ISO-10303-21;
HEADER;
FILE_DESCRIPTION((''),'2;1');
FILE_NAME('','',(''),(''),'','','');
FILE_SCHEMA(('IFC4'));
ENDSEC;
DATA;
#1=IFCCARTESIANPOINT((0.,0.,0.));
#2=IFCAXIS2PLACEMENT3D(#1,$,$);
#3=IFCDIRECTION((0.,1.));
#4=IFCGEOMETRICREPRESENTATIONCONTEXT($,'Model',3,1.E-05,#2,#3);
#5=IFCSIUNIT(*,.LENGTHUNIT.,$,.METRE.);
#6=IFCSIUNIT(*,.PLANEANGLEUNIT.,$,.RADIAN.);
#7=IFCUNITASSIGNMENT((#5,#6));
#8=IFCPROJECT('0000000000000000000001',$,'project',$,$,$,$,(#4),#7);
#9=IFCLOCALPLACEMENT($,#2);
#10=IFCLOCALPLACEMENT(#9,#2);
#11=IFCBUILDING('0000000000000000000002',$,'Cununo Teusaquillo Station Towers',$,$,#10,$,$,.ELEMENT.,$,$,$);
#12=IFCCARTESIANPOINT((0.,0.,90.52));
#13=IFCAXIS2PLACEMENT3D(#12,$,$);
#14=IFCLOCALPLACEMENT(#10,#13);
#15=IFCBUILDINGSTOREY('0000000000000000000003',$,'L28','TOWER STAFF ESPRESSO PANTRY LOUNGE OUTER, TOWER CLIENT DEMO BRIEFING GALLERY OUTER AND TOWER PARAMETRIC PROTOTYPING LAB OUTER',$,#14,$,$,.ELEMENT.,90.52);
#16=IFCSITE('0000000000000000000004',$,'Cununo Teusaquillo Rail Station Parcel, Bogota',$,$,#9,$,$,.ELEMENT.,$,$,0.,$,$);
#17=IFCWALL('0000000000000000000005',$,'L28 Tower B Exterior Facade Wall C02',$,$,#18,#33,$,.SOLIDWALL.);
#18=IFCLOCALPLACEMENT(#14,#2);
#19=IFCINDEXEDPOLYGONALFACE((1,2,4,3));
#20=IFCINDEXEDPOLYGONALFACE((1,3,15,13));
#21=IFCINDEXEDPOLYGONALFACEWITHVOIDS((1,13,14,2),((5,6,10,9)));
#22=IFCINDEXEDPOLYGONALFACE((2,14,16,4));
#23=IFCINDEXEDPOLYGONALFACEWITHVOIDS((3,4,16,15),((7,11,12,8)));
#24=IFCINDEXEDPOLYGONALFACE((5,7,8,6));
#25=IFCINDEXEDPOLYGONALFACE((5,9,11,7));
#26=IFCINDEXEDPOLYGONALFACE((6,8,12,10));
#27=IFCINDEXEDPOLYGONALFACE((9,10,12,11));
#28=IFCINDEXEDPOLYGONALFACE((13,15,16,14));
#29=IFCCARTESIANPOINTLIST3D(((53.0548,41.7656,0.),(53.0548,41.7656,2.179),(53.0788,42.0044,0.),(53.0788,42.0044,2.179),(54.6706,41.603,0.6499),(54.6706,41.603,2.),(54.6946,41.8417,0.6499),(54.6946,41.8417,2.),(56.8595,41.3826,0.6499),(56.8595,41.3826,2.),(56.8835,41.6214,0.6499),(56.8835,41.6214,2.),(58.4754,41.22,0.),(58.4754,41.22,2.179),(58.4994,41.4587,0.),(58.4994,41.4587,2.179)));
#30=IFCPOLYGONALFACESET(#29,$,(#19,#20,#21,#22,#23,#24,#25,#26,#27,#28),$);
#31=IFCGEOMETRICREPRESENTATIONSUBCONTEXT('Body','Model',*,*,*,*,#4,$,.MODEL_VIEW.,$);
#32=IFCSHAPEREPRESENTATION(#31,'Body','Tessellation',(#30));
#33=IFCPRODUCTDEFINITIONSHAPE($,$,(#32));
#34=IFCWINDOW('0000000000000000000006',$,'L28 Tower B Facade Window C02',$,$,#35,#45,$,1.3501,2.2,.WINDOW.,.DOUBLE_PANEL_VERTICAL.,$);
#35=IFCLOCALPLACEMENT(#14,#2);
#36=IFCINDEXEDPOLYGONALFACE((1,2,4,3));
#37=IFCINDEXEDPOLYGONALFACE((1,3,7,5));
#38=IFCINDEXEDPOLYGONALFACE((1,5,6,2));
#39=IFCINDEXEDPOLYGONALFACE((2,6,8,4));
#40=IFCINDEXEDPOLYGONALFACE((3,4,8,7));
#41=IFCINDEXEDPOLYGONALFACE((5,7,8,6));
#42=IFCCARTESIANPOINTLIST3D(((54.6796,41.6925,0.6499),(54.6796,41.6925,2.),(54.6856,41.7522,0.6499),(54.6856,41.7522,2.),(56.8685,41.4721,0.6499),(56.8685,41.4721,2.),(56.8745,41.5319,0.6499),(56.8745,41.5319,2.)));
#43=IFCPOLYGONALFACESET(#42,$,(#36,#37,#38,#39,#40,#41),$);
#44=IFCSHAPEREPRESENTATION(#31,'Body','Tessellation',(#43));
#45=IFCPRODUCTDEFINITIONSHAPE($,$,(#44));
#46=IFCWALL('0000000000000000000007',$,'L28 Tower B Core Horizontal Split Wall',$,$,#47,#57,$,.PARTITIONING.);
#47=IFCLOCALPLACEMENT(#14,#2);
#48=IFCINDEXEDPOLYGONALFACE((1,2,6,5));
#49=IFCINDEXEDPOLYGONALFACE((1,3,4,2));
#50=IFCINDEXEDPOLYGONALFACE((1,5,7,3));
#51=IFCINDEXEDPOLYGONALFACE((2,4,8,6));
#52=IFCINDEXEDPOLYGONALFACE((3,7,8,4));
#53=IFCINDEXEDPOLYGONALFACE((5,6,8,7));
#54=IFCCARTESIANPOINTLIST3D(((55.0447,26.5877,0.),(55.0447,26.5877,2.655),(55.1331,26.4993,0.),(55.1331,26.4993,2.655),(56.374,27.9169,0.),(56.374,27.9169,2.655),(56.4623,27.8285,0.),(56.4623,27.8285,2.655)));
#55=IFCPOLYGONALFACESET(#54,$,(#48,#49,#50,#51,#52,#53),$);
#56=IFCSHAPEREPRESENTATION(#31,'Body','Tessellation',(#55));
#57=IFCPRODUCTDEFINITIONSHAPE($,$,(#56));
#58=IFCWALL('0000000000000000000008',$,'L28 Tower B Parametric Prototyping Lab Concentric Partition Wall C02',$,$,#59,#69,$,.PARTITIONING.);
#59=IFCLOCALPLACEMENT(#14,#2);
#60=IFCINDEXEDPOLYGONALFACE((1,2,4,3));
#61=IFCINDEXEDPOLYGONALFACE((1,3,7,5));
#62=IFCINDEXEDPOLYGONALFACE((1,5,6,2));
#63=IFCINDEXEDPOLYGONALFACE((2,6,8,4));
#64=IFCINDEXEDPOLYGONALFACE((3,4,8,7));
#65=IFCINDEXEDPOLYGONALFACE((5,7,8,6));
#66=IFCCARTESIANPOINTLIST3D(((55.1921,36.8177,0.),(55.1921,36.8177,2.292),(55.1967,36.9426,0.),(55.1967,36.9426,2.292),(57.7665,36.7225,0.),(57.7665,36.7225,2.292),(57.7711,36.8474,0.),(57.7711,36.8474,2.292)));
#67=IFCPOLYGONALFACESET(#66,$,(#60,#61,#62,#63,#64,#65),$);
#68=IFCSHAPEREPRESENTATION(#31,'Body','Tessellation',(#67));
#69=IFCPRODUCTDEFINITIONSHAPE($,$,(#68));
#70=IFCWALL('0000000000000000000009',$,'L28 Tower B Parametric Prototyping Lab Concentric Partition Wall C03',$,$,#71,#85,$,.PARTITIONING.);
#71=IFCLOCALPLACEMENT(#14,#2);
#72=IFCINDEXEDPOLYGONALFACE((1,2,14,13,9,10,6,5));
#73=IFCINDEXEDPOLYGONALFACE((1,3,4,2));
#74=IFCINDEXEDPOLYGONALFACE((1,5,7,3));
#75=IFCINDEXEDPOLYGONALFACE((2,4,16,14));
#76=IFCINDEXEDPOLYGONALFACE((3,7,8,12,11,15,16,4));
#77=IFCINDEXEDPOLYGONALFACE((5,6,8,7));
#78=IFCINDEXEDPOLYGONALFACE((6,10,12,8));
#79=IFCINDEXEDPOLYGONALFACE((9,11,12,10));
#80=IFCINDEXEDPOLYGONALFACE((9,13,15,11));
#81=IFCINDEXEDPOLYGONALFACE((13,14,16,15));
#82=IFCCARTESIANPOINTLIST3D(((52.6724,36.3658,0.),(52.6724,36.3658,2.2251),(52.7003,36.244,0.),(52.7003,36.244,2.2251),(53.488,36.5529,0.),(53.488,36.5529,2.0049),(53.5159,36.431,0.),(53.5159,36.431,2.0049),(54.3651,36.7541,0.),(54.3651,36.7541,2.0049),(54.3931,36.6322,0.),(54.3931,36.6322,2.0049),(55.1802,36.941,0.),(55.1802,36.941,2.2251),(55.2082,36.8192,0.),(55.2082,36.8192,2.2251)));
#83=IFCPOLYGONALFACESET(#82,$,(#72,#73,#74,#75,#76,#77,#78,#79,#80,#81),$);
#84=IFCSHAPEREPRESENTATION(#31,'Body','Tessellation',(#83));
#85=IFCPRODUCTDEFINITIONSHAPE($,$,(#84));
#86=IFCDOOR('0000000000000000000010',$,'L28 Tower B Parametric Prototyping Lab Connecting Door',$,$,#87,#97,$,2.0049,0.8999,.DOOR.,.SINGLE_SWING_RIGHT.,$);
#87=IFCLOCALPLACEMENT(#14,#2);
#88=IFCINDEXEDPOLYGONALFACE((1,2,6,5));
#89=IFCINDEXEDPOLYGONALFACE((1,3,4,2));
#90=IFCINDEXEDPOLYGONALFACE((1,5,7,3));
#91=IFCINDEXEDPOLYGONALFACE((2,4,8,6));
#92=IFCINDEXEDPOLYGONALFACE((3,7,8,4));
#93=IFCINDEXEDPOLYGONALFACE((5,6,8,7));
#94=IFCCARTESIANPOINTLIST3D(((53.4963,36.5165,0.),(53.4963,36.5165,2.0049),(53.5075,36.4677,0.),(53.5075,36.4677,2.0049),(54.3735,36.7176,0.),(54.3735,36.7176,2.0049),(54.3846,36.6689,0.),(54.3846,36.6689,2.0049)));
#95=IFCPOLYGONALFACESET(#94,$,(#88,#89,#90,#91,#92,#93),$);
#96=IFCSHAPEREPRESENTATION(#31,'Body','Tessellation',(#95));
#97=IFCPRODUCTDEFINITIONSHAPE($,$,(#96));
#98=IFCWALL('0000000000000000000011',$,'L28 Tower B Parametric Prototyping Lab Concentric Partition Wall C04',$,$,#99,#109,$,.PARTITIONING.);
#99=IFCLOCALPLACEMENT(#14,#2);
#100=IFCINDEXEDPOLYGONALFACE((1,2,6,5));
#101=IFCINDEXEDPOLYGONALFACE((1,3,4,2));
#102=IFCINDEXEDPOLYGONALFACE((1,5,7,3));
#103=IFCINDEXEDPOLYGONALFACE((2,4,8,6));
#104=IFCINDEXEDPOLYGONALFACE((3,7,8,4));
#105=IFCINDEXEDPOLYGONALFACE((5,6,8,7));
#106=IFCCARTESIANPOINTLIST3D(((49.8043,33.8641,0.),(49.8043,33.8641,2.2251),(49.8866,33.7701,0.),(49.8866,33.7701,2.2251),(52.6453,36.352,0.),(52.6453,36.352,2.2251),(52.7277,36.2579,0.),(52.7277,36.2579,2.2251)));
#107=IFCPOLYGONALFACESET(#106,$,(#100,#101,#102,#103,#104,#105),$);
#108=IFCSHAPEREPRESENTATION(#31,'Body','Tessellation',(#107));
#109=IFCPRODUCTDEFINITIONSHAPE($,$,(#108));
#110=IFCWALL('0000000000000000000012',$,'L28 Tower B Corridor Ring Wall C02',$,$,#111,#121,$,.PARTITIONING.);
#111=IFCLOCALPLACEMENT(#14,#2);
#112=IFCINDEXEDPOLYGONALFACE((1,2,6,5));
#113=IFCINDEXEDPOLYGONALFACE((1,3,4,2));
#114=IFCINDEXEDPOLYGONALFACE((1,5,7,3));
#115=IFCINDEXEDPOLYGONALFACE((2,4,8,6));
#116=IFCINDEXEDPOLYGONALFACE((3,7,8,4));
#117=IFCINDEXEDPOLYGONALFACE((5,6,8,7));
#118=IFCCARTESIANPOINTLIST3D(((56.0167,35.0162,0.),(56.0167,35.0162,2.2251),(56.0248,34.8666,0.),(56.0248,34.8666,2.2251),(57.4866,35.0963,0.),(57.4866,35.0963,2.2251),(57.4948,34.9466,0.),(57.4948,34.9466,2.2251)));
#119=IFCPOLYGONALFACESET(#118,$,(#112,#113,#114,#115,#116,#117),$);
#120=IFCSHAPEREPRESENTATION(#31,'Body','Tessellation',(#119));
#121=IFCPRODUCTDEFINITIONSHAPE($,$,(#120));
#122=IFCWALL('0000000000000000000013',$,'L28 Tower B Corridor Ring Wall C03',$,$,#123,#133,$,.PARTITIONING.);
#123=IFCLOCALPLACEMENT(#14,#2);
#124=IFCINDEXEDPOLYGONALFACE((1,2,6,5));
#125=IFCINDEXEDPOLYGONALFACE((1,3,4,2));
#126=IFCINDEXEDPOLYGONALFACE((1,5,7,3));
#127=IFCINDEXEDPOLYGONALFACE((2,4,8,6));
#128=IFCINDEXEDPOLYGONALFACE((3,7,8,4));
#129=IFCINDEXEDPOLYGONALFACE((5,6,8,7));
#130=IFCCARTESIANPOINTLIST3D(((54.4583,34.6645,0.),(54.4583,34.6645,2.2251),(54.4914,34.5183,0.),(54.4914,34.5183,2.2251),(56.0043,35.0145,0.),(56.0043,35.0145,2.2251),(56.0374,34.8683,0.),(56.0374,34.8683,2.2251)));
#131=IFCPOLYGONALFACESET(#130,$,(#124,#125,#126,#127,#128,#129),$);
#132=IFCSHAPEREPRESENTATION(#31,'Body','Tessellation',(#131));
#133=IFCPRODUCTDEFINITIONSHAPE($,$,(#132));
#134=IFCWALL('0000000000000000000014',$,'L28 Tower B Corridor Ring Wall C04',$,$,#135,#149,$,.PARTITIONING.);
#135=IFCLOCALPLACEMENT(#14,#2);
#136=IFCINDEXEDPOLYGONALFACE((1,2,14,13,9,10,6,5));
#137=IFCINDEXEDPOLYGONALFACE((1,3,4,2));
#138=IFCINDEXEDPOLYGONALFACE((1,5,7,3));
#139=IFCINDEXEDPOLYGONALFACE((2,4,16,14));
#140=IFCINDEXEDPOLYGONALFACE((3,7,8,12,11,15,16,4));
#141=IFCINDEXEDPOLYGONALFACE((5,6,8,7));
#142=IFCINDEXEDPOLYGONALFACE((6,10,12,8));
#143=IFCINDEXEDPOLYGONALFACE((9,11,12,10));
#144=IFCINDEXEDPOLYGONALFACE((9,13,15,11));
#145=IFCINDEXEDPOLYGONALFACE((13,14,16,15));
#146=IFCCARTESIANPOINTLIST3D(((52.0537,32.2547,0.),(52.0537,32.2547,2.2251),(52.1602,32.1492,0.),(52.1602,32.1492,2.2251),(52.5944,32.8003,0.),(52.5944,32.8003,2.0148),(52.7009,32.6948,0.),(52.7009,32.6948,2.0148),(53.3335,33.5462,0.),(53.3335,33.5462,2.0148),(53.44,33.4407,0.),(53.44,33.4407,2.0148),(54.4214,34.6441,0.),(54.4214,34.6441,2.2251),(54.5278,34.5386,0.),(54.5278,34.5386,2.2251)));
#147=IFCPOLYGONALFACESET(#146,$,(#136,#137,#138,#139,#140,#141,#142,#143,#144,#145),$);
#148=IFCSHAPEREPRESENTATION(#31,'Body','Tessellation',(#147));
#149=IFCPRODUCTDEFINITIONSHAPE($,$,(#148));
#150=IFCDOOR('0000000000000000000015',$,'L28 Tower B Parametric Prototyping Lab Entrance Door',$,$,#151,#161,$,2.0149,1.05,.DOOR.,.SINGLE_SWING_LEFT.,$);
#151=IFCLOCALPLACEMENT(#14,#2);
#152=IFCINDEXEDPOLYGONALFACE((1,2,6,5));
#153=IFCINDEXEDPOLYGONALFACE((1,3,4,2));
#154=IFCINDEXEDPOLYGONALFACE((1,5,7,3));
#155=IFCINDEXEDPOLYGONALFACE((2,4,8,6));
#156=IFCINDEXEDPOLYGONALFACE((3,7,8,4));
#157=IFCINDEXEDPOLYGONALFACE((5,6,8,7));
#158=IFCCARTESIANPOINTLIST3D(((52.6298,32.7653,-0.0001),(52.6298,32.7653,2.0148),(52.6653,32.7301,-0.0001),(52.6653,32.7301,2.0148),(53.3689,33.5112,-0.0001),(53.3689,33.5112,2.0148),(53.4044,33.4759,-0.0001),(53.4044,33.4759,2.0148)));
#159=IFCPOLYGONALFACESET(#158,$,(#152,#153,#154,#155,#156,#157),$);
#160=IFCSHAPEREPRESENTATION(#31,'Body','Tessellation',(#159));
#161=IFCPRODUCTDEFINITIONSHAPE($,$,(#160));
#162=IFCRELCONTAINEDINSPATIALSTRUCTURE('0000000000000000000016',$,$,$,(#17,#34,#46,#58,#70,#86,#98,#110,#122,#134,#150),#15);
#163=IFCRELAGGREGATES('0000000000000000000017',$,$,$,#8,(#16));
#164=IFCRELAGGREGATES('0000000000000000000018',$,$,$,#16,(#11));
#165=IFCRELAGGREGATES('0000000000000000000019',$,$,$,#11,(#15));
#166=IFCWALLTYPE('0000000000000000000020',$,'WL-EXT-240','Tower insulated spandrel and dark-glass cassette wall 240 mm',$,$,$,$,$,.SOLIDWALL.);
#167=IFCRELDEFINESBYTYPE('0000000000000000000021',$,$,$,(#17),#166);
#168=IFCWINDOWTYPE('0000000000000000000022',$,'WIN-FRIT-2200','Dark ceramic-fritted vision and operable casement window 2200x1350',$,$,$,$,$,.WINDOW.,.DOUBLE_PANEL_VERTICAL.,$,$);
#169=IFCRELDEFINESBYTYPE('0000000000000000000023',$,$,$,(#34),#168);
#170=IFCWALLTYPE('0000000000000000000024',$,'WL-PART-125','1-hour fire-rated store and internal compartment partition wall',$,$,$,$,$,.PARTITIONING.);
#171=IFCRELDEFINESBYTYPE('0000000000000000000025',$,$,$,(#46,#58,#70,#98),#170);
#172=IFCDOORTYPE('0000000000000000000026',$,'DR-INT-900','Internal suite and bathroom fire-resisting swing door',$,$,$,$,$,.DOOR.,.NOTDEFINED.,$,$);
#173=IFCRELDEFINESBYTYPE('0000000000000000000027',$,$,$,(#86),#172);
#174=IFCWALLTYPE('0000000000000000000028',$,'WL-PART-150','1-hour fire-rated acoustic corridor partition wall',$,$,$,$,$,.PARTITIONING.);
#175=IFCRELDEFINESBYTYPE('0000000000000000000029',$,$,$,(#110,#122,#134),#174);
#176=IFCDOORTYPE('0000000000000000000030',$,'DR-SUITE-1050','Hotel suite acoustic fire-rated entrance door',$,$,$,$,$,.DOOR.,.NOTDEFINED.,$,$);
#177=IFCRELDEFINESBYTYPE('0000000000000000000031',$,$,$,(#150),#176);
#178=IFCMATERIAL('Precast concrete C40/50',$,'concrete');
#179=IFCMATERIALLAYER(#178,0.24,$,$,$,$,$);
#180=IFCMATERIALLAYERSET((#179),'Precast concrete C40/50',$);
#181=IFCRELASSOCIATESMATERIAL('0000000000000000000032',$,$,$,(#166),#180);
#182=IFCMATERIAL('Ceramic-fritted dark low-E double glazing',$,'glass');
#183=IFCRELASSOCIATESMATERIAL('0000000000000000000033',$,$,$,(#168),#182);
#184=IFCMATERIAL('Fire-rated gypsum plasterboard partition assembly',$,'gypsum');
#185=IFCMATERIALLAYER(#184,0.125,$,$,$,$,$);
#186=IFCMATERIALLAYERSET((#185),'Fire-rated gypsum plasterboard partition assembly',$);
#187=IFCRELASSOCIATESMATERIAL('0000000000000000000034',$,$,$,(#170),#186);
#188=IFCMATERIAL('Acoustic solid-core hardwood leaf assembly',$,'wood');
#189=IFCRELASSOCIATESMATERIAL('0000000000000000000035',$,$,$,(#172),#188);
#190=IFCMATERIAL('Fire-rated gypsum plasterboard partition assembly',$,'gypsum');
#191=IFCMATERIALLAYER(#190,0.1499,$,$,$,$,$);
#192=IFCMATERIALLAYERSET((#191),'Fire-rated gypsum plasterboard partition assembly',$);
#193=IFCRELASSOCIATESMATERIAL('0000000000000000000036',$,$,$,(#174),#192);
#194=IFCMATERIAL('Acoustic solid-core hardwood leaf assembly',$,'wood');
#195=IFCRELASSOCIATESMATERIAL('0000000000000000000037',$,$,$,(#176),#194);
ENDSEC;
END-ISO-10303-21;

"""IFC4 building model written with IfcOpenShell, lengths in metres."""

from ifc_helpers import new_model, si_unit, direction, frame, frame_2d, origin, place, context, subcontext, project, spatial, rectangle, extrude, source, transform, mapped, material, layer, layer_set, type_object, element, fill, save


model = new_model("IFC4")

# Units and contexts
model_context = context("Model", 3, precision=1e-05, world=origin(), true_north=direction((0.0, 1.0)))
body_context = subcontext(model_context, "Body", "Model", "MODEL_VIEW")
ifc_project = project(units=[si_unit("LENGTHUNIT", "METRE"), si_unit("PLANEANGLEUNIT", "RADIAN")], contexts=[model_context])

# Site, building, storey
site_placement = place(None, origin())
site = spatial("IfcSite", under=ifc_project, at=site_placement, Name="Cununo Teusaquillo Rail Station Parcel, Bogota", CompositionType="ELEMENT", RefElevation=0.0)
building_placement = place(site_placement, origin())
building = spatial("IfcBuilding", under=site, at=building_placement, Name="Cununo Teusaquillo Station Towers", CompositionType="ELEMENT")
storey_placement = place(building_placement, frame((0.0, 0.0, 90.52)))
storey = spatial("IfcBuildingStorey", under=building, at=storey_placement, Name="L28", Description="TOWER STAFF ESPRESSO PANTRY LOUNGE OUTER, TOWER CLIENT DEMO BRIEFING GALLERY OUTER AND TOWER PARAMETRIC PROTOTYPING LAB OUTER", CompositionType="ELEMENT", Elevation=90.52)

# Wall, opening, window
ifc_material_1 = material(Name="Precast concrete C40/50", Category="concrete")
ifc_layer_1 = layer(ifc_material_1, 0.24)
ifc_layer_set_1 = layer_set([ifc_layer_1], Name="Precast concrete C40/50")
wall_type_1 = type_object("IfcWallType", Name="WL-EXT-240", Description="Tower insulated spandrel and dark-glass cassette wall 240 mm", PredefinedType="SOLIDWALL", material=ifc_layer_set_1)
wall_1_placement = place(storey_placement, frame((53.0667, 41.885, 0.0), z_axis=(0.0, 0.0, 1.0), x_axis=(0.994972, -0.100156, 0.0)))
wall_1 = element("IfcWall", 1, at=wall_1_placement, inside=storey, type_object=wall_type_1, Name="L28 Tower B Exterior Facade Wall C02", PredefinedType="SOLIDWALL", context=body_context, shape_type="SweptSolid", body=[
    extrude(rectangle(XDim=5.448, YDim=0.24, at=frame_2d((2.7241, 0.0))), origin(), (0.0, 0.0, 1.0), 2.179),
])
shared_shape_1 = source(origin(), body_context, "Body", "SweptSolid", [
    extrude(rectangle(XDim=2.2, YDim=1.3501, at=frame_2d((1.1001, 0.675))), frame((0.0, 0.1299, 0.0), z_axis=(0.0, -1.0, 0.0), x_axis=(1.0, 0.0, 0.0)), (0.0, 0.0, 1.0), 0.26),
])
opening_1_placement = place(wall_1_placement, frame((1.624, 0.0, 0.6499)))
opening_1 = element("IfcOpeningElement", 2, at=opening_1_placement, cuts=wall_1, PredefinedType="OPENING", context=body_context, shape_type="MappedRepresentation", body=[
    mapped(shared_shape_1, transform((0.0, 0.0, 0.0), x_axis=(1.0, 0.0, 0.0), y_axis=(0.0, 1.0, 0.0), z_axis=(0.0, 0.0, 1.0), scale=1.0)),
])
ifc_material_2 = material(Name="Ceramic-fritted dark low-E double glazing", Category="glass")
window_type = type_object("IfcWindowType", Name="WIN-FRIT-2200", Description="Dark ceramic-fritted vision and operable casement window 2200x1350", PartitioningType="DOUBLE_PANEL_VERTICAL", PredefinedType="WINDOW", material=ifc_material_2)
shared_shape_2 = source(origin(), body_context, "Body", "SweptSolid", [
    extrude(rectangle(XDim=2.2, YDim=1.3501, at=frame_2d((1.1001, 0.675))), frame((0.0, 0.03, 0.0), z_axis=(0.0, -1.0, 0.0), x_axis=(1.0, 0.0, 0.0)), (0.0, 0.0, 1.0), 0.0601),
])
window_placement = place(opening_1_placement, origin())
window = element("IfcWindow", 3, at=window_placement, inside=storey, type_object=window_type, Name="L28 Tower B Facade Window C02", OverallHeight=1.3501, OverallWidth=2.2, PartitioningType="DOUBLE_PANEL_VERTICAL", PredefinedType="WINDOW", context=body_context, shape_type="MappedRepresentation", body=[
    mapped(shared_shape_2, transform((0.0, 0.0, 0.0), x_axis=(1.0, 0.0, 0.0), y_axis=(0.0, 1.0, 0.0), z_axis=(0.0, 0.0, 1.0), scale=1.0)),
])
fill(opening_1, window)

# Walls
ifc_material_3 = material(Name="Fire-rated gypsum plasterboard partition assembly", Category="gypsum")
ifc_layer_2 = layer(ifc_material_3, 0.125)
ifc_layer_set_2 = layer_set([ifc_layer_2], Name="Fire-rated gypsum plasterboard partition assembly")
wall_type_2 = type_object("IfcWallType", Name="WL-PART-125", Description="1-hour fire-rated store and internal compartment partition wall", PredefinedType="PARTITIONING", material=ifc_layer_set_2)
wall_2_placement = place(storey_placement, frame((55.0889, 26.5435, 0.0), z_axis=(0.0, 0.0, 1.0), x_axis=(0.707107, 0.707107, 0.0)))
element("IfcWall", 4, at=wall_2_placement, inside=storey, type_object=wall_type_2, Name="L28 Tower B Core Horizontal Split Wall", PredefinedType="PARTITIONING", context=body_context, shape_type="SweptSolid", body=[
    extrude(rectangle(XDim=1.8799, YDim=0.125, at=frame_2d((0.9399, 0.0))), origin(), (0.0, 0.0, 1.0), 2.655),
])
wall_3_placement = place(storey_placement, frame((57.7688, 36.7849, 0.0), z_axis=(0.0, 0.0, 1.0), x_axis=(-0.999317, 0.036959, 0.0)))
element("IfcWall", 5, at=wall_3_placement, inside=storey, type_object=wall_type_2, Name="L28 Tower B Parametric Prototyping Lab Concentric Partition Wall C02", PredefinedType="PARTITIONING", context=body_context, shape_type="SweptSolid", body=[
    extrude(rectangle(XDim=2.5762, YDim=0.125, at=frame_2d((1.2881, 0.0))), origin(), (0.0, 0.0, 1.0), 2.292),
])

# Wall, opening, door
wall_4_placement = place(storey_placement, frame((55.1943, 36.8801, 0.0), z_axis=(0.0, 0.0, 1.0), x_axis=(-0.974691, -0.223556, 0.0)))
wall_4 = element("IfcWall", 6, at=wall_4_placement, inside=storey, type_object=wall_type_2, Name="L28 Tower B Parametric Prototyping Lab Concentric Partition Wall C03", PredefinedType="PARTITIONING", context=body_context, shape_type="SweptSolid", body=[
    extrude(rectangle(XDim=2.573, YDim=0.125, at=frame_2d((1.2866, 0.0))), origin(), (0.0, 0.0, 1.0), 2.2251),
])
shared_shape_3 = source(origin(), body_context, "Body", "SweptSolid", [
    extrude(rectangle(XDim=0.8999, YDim=2.0049, at=frame_2d((0.45, 1.0024))), frame((0.0, 0.0725, 0.0), z_axis=(0.0, -1.0, 0.0), x_axis=(1.0, 0.0, 0.0)), (0.0, 0.0, 1.0), 0.145),
])
opening_2_placement = place(wall_4_placement, frame((0.8364, 0.0, 0.0)))
opening_2 = element("IfcOpeningElement", 7, at=opening_2_placement, cuts=wall_4, PredefinedType="OPENING", context=body_context, shape_type="MappedRepresentation", body=[
    mapped(shared_shape_3, transform((0.0, 0.0, 0.0), x_axis=(1.0, 0.0, 0.0), y_axis=(0.0, 1.0, 0.0), z_axis=(0.0, 0.0, 1.0), scale=1.0)),
])
ifc_material_4 = material(Name="Acoustic solid-core hardwood leaf assembly", Category="wood")
door_type_1 = type_object("IfcDoorType", Name="DR-INT-900", Description="Internal suite and bathroom fire-resisting swing door", OperationType="NOTDEFINED", PredefinedType="DOOR", material=ifc_material_4)
shared_shape_4 = source(origin(), body_context, "Body", "SweptSolid", [
    extrude(rectangle(XDim=0.8999, YDim=2.0049, at=frame_2d((0.45, 1.0024))), frame((0.0, 0.0249, 0.0), z_axis=(0.0, -1.0, 0.0), x_axis=(1.0, 0.0, 0.0)), (0.0, 0.0, 1.0), 0.05),
])
door_1_placement = place(opening_2_placement, origin())
door_1 = element("IfcDoor", 8, at=door_1_placement, inside=storey, type_object=door_type_1, Name="L28 Tower B Parametric Prototyping Lab Connecting Door", OperationType="SINGLE_SWING_RIGHT", OverallHeight=2.0049, OverallWidth=0.8999, PredefinedType="DOOR", context=body_context, shape_type="MappedRepresentation", body=[
    mapped(shared_shape_4, transform((0.0, 0.0, 0.0), x_axis=(1.0, 0.0, 0.0), y_axis=(0.0, 1.0, 0.0), z_axis=(0.0, 0.0, 1.0), scale=1.0)),
])
fill(opening_2, door_1)

# Walls
wall_5_placement = place(storey_placement, frame((52.6865, 36.3049, 0.0), z_axis=(0.0, 0.0, 1.0), x_axis=(-0.752332, -0.658784, 0.0)))
element("IfcWall", 9, at=wall_5_placement, inside=storey, type_object=wall_type_2, Name="L28 Tower B Parametric Prototyping Lab Concentric Partition Wall C04", PredefinedType="PARTITIONING", context=body_context, shape_type="SweptSolid", body=[
    extrude(rectangle(XDim=3.7764, YDim=0.125, at=frame_2d((1.8882, 0.0))), origin(), (0.0, 0.0, 1.0), 2.2251),
])
ifc_material_5 = material(Name="Fire-rated gypsum plasterboard partition assembly", Category="gypsum")
ifc_layer_3 = layer(ifc_material_5, 0.1499)
ifc_layer_set_3 = layer_set([ifc_layer_3], Name="Fire-rated gypsum plasterboard partition assembly")
wall_type_3 = type_object("IfcWallType", Name="WL-PART-150", Description="1-hour fire-rated acoustic corridor partition wall", PredefinedType="PARTITIONING", material=ifc_layer_set_3)
wall_6_placement = place(storey_placement, frame((57.4907, 35.0215, 0.0), z_axis=(0.0, 0.0, 1.0), x_axis=(-0.998519, -0.054395, 0.0)))
element("IfcWall", 10, at=wall_6_placement, inside=storey, type_object=wall_type_3, Name="L28 Tower B Corridor Ring Wall C02", PredefinedType="PARTITIONING", context=body_context, shape_type="SweptSolid", body=[
    extrude(rectangle(XDim=1.4722, YDim=0.1499, at=frame_2d((0.7361, 0.0))), origin(), (0.0, 0.0, 1.0), 2.2251),
])
wall_7_placement = place(storey_placement, frame((56.0208, 34.9414, 0.0), z_axis=(0.0, 0.0, 1.0), x_axis=(-0.97531, -0.220842, 0.0)))
element("IfcWall", 11, at=wall_7_placement, inside=storey, type_object=wall_type_3, Name="L28 Tower B Corridor Ring Wall C03", PredefinedType="PARTITIONING", context=body_context, shape_type="SweptSolid", body=[
    extrude(rectangle(XDim=1.5852, YDim=0.1499, at=frame_2d((0.7925, 0.0))), origin(), (0.0, 0.0, 1.0), 2.2251),
])

# Wall, opening, door
wall_8_placement = place(storey_placement, frame((54.4746, 34.5913, 0.0), z_axis=(0.0, 0.0, 1.0), x_axis=(-0.70387, -0.710329, 0.0)))
wall_8 = element("IfcWall", 12, at=wall_8_placement, inside=storey, type_object=wall_type_3, Name="L28 Tower B Corridor Ring Wall C04", PredefinedType="PARTITIONING", context=body_context, shape_type="SweptSolid", body=[
    extrude(rectangle(XDim=3.3638, YDim=0.1499, at=frame_2d((1.6819, 0.0))), origin(), (0.0, 0.0, 1.0), 2.2251),
])
shared_shape_5 = source(origin(), body_context, "Body", "SweptSolid", [
    extrude(rectangle(XDim=1.05, YDim=2.0149, at=frame_2d((0.5249, 1.0073))), frame((0.0, 0.085, 0.0), z_axis=(0.0, -1.0, 0.0), x_axis=(1.0, 0.0, 0.0)), (0.0, 0.0, 1.0), 0.1699),
])
opening_3_placement = place(wall_8_placement, frame((1.5457, 0.0, 0.0)))
opening_3 = element("IfcOpeningElement", 13, at=opening_3_placement, cuts=wall_8, PredefinedType="OPENING", context=body_context, shape_type="MappedRepresentation", body=[
    mapped(shared_shape_5, transform((0.0, 0.0, 0.0), x_axis=(1.0, 0.0, 0.0), y_axis=(0.0, 1.0, 0.0), z_axis=(0.0, 0.0, 1.0), scale=1.0)),
])
ifc_material_6 = material(Name="Acoustic solid-core hardwood leaf assembly", Category="wood")
door_type_2 = type_object("IfcDoorType", Name="DR-SUITE-1050", Description="Hotel suite acoustic fire-rated entrance door", OperationType="NOTDEFINED", PredefinedType="DOOR", material=ifc_material_6)
shared_shape_6 = source(origin(), body_context, "Body", "SweptSolid", [
    extrude(rectangle(XDim=1.05, YDim=2.0149, at=frame_2d((0.5249, 1.0073))), frame((0.0, 0.0249, 0.0), z_axis=(0.0, -1.0, 0.0), x_axis=(1.0, 0.0, 0.0)), (0.0, 0.0, 1.0), 0.05),
])
door_2_placement = place(opening_3_placement, origin())
door_2 = element("IfcDoor", 14, at=door_2_placement, inside=storey, type_object=door_type_2, Name="L28 Tower B Parametric Prototyping Lab Entrance Door", OperationType="SINGLE_SWING_LEFT", OverallHeight=2.0149, OverallWidth=1.05, PredefinedType="DOOR", context=body_context, shape_type="MappedRepresentation", body=[
    mapped(shared_shape_6, transform((0.0, 0.0, 0.0), x_axis=(1.0, 0.0, 0.0), y_axis=(0.0, 1.0, 0.0), z_axis=(0.0, 0.0, 1.0), scale=1.0)),
])
fill(opening_3, door_2)

save(model, "model.ifc")
